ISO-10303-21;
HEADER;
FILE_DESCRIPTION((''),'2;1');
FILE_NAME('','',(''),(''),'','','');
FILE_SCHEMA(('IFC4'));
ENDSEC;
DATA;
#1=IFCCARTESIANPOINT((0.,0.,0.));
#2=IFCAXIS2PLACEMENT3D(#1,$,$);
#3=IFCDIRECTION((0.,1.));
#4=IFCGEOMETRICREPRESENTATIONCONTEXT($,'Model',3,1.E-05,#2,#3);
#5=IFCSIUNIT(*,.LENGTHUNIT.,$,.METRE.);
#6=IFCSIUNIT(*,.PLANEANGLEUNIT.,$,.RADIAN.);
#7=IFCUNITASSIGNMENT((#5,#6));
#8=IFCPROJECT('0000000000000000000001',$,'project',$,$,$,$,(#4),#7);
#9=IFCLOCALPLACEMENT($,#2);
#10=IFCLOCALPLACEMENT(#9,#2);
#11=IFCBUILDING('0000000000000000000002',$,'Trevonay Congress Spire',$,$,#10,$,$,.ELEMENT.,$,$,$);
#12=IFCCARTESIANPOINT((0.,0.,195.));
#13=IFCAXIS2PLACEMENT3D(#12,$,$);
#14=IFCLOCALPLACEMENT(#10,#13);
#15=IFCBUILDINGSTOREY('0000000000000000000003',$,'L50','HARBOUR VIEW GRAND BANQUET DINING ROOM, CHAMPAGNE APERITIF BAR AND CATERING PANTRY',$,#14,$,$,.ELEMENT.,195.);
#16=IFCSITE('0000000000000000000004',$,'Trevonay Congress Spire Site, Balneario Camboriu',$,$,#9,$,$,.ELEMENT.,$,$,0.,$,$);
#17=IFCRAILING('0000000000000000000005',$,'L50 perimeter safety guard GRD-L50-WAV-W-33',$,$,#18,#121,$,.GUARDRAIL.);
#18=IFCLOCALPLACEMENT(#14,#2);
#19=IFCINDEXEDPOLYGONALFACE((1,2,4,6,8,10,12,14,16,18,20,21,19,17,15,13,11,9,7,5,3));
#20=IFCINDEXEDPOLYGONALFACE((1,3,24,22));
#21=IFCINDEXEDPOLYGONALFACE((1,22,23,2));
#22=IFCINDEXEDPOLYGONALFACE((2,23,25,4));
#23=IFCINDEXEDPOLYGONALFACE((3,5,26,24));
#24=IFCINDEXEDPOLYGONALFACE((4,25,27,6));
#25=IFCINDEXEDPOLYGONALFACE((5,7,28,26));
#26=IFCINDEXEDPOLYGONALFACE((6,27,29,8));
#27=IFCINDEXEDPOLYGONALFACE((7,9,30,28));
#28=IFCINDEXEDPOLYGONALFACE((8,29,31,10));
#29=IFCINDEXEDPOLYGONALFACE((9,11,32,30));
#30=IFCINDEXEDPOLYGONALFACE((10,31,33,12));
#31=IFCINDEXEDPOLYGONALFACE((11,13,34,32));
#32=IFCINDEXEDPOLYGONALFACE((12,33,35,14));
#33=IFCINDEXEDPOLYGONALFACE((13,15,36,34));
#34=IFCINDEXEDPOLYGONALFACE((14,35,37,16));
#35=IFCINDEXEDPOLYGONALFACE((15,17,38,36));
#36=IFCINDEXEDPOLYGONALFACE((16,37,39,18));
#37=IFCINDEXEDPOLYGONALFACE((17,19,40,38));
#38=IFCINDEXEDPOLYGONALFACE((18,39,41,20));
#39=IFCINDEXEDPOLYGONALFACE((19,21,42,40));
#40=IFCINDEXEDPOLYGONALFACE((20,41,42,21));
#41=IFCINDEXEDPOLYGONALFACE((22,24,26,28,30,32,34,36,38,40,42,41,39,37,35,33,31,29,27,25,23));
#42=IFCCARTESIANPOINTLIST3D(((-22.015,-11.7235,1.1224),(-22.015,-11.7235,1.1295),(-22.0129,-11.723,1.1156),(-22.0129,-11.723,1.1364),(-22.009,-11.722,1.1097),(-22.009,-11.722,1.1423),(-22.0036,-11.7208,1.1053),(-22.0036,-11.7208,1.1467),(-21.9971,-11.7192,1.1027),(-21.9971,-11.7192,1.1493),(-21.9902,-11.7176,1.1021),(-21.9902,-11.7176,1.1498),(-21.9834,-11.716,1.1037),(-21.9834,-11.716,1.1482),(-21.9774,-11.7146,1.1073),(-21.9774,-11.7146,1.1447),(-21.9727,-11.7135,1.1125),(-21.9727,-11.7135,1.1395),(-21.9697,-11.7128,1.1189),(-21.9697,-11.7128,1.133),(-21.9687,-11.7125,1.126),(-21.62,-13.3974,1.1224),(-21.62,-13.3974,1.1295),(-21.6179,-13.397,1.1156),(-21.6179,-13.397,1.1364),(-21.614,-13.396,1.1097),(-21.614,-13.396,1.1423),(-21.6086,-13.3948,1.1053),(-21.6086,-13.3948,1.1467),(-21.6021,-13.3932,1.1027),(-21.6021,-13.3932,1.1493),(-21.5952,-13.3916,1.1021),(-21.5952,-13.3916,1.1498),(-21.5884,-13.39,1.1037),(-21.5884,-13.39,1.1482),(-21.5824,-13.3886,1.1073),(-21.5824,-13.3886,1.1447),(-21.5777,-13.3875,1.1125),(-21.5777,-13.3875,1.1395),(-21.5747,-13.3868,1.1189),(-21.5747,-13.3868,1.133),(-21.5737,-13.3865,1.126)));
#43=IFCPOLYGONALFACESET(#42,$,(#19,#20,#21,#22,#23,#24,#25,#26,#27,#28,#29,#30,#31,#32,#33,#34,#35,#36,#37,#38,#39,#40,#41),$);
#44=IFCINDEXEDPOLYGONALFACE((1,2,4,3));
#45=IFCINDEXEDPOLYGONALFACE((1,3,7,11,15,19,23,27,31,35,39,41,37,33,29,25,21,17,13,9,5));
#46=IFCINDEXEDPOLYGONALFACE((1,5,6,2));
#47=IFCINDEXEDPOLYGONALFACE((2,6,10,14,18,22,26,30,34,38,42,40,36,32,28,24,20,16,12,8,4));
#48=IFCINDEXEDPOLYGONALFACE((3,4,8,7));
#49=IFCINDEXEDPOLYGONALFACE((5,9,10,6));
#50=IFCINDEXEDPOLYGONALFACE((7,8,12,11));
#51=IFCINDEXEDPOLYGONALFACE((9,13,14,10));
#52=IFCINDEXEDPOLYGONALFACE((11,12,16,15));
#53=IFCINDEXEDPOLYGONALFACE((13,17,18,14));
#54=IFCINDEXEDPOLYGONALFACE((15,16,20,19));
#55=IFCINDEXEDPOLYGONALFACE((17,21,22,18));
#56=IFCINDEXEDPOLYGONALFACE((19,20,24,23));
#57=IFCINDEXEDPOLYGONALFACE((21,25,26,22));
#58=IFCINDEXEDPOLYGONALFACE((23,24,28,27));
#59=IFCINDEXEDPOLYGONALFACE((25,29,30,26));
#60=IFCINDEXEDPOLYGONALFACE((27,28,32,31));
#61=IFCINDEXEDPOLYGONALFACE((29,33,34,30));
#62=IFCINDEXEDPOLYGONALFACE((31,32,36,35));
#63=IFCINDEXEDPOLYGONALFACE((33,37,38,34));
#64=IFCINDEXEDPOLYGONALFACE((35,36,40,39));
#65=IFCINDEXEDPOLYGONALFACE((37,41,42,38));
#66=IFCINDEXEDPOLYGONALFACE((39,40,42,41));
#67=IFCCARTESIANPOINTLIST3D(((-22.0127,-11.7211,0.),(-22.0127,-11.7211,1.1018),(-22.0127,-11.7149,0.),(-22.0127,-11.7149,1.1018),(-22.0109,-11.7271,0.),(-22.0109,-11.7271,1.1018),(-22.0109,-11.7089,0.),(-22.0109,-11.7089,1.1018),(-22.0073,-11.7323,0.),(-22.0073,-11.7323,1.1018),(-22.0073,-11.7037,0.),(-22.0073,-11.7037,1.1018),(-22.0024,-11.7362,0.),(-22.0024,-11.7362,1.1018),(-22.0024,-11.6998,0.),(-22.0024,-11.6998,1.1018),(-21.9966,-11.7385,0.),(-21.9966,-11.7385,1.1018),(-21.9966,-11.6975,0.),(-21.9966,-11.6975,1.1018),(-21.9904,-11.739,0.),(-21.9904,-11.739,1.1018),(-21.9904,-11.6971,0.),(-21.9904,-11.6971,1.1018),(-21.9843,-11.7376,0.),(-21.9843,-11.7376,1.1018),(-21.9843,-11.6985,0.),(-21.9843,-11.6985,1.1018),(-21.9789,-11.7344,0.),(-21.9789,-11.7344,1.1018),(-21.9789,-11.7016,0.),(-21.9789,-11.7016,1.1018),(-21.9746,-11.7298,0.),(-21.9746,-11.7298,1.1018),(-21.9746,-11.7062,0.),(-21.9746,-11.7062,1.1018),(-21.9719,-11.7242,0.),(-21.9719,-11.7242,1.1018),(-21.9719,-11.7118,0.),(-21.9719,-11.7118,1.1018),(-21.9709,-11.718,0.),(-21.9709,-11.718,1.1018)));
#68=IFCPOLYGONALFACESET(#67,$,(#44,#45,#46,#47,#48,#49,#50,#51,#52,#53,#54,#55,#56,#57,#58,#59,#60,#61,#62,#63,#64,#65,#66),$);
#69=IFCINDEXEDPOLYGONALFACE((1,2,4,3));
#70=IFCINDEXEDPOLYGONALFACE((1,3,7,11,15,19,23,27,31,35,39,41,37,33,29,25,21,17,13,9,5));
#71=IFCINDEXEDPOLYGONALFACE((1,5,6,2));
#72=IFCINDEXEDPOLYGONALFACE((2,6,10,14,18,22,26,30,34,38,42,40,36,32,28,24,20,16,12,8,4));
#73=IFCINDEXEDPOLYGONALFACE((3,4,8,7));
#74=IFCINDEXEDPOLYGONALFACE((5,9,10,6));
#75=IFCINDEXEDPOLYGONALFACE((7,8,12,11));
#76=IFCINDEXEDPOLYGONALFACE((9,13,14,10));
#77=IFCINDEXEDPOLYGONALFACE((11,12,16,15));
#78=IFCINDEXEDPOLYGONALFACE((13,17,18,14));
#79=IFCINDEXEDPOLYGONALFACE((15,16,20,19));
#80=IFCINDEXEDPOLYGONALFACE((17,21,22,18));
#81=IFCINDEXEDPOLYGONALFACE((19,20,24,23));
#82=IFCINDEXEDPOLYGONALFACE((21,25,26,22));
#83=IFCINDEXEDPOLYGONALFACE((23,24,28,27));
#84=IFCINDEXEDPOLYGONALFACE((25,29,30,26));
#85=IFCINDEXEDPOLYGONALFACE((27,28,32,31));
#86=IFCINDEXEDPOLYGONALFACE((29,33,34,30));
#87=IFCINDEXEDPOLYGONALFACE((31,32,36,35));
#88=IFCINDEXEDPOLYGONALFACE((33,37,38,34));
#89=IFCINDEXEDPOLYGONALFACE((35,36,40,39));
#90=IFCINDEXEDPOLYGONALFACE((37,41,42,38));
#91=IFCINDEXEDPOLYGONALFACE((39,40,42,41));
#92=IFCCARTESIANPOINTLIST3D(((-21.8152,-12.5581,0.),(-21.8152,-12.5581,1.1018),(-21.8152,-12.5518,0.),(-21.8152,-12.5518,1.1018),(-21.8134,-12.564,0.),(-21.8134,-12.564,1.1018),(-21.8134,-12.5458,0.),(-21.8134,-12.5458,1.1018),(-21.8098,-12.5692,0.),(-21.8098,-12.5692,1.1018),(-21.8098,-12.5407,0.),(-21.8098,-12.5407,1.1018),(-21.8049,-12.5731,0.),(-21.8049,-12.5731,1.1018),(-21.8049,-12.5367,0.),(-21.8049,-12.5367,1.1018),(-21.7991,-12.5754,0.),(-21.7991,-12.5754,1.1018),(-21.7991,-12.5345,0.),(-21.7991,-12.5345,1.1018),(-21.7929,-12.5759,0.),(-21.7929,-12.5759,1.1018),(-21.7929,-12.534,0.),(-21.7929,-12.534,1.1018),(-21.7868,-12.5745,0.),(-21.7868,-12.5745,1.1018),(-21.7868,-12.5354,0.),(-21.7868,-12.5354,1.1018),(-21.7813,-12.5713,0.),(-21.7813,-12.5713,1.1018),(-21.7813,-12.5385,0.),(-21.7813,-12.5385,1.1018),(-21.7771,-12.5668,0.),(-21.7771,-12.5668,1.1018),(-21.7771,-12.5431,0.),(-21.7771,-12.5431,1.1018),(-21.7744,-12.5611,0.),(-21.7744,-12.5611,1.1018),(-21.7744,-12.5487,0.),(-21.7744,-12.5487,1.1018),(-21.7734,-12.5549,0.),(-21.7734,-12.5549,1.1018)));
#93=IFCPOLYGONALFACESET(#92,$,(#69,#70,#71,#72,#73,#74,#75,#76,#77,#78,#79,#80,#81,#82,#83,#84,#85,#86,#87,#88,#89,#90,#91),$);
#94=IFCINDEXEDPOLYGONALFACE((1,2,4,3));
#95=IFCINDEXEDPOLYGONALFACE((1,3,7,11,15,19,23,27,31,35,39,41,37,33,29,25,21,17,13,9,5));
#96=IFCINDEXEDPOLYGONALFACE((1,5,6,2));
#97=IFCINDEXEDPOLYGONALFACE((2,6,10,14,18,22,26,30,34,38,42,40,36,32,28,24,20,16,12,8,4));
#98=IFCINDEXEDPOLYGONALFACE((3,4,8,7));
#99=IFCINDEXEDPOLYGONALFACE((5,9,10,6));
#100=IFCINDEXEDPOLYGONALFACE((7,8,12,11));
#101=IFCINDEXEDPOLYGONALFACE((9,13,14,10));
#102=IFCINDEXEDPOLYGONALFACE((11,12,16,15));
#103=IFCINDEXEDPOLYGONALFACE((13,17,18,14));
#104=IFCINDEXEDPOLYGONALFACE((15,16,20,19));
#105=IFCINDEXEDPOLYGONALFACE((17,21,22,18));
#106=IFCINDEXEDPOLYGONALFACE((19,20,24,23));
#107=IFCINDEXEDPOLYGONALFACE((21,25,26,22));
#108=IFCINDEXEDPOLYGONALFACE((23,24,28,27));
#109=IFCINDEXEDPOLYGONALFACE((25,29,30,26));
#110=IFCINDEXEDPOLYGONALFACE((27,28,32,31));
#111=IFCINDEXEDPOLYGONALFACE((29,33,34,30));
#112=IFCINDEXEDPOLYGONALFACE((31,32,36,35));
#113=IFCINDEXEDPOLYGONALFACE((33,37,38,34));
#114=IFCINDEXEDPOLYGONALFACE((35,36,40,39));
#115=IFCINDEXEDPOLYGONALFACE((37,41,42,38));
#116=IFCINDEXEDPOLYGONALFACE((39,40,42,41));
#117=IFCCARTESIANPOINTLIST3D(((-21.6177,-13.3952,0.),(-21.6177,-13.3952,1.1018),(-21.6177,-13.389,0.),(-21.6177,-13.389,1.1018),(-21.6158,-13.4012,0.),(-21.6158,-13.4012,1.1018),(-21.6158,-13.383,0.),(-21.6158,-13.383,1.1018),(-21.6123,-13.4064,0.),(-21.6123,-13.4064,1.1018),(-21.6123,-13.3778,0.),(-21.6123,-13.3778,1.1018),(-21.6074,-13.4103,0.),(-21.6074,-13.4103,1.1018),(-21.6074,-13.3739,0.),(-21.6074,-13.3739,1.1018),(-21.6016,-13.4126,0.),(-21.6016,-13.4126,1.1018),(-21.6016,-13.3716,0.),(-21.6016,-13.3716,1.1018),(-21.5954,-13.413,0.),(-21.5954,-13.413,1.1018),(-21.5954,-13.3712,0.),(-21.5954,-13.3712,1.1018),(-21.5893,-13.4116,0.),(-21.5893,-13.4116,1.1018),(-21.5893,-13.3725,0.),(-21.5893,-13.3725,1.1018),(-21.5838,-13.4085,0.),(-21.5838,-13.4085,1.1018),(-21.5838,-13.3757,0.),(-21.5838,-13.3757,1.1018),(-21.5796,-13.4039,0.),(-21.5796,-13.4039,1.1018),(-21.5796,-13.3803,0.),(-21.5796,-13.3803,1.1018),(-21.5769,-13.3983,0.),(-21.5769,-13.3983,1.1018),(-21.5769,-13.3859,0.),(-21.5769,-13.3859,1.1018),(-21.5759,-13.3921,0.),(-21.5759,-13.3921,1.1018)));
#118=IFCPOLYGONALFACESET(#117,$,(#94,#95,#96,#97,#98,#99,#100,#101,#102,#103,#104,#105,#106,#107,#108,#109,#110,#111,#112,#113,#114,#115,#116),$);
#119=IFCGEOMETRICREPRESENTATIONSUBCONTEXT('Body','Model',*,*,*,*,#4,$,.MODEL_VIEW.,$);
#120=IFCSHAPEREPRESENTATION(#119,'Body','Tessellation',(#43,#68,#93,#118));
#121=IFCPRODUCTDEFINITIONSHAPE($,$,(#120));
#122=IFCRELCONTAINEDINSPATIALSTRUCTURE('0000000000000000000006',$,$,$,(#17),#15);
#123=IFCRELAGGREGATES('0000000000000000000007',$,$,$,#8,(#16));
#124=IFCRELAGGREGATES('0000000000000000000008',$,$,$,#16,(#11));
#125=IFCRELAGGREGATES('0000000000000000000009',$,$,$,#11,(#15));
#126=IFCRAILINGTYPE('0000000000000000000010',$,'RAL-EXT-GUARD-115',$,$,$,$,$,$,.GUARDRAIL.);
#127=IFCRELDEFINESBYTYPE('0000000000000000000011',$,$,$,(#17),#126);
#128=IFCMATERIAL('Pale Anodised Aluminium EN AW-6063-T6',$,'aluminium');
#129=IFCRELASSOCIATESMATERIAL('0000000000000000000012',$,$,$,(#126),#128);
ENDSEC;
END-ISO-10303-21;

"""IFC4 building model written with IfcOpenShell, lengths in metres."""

from ifc_helpers import new_model, si_unit, direction, frame, origin, origin_2d, place, context, subcontext, project, spatial, circle, extrude, material, type_object, element, save


model = new_model("IFC4")

# Units and contexts
model_context = context("Model", 3, precision=1e-05, world=origin(), true_north=direction((0.0, 1.0)))
body_context = subcontext(model_context, "Body", "Model", "MODEL_VIEW")
ifc_project = project(units=[si_unit("LENGTHUNIT", "METRE"), si_unit("PLANEANGLEUNIT", "RADIAN")], contexts=[model_context])

# Site, building, storey
site_placement = place(None, origin())
site = spatial("IfcSite", under=ifc_project, at=site_placement, Name="Trevonay Congress Spire Site, Balneario Camboriu", CompositionType="ELEMENT", RefElevation=0.0)
building_placement = place(site_placement, origin())
building = spatial("IfcBuilding", under=site, at=building_placement, Name="Trevonay Congress Spire", CompositionType="ELEMENT")
storey_placement = place(building_placement, frame((0.0, 0.0, 195.0)))
storey = spatial("IfcBuildingStorey", under=building, at=storey_placement, Name="L50", Description="HARBOUR VIEW GRAND BANQUET DINING ROOM, CHAMPAGNE APERITIF BAR AND CATERING PANTRY", CompositionType="ELEMENT", Elevation=195.0)

# Shared definitions
ifc_material_1 = material(Name="Pale Anodised Aluminium EN AW-6063-T6", Category="aluminium")

# Railing
railing_type = type_object("IfcRailingType", Name="RAL-EXT-GUARD-115", PredefinedType="GUARDRAIL", material=ifc_material_1)
railing_1_placement = place(storey_placement, frame((-21.9919, -11.718, 0.0)))
element("IfcRailing", 1, at=railing_1_placement, inside=storey, type_object=railing_type, Name="L50 perimeter safety guard GRD-L50-WAV-W-33", PredefinedType="GUARDRAIL", context=body_context, shape_type="SweptSolid", body=[
    extrude(circle(Radius=0.0239, at=origin_2d()), frame((0.0, 0.0, 1.126), z_axis=(0.229656, -0.973272, 0.0), x_axis=(0.973272, 0.229656, 0.0)), (0.0, 0.0, 1.0), 1.72),
    extrude(circle(Radius=0.021, at=origin_2d()), origin(), (0.0, 0.0, 1.0), 1.1018),
    extrude(circle(Radius=0.021, at=origin_2d()), frame((0.1975, -0.8369, 0.0)), (0.0, 0.0, 1.0), 1.1018),
    extrude(circle(Radius=0.021, at=origin_2d()), frame((0.395, -1.6741, 0.0)), (0.0, 0.0, 1.0), 1.1018),
])

save(model, "model.ifc")
